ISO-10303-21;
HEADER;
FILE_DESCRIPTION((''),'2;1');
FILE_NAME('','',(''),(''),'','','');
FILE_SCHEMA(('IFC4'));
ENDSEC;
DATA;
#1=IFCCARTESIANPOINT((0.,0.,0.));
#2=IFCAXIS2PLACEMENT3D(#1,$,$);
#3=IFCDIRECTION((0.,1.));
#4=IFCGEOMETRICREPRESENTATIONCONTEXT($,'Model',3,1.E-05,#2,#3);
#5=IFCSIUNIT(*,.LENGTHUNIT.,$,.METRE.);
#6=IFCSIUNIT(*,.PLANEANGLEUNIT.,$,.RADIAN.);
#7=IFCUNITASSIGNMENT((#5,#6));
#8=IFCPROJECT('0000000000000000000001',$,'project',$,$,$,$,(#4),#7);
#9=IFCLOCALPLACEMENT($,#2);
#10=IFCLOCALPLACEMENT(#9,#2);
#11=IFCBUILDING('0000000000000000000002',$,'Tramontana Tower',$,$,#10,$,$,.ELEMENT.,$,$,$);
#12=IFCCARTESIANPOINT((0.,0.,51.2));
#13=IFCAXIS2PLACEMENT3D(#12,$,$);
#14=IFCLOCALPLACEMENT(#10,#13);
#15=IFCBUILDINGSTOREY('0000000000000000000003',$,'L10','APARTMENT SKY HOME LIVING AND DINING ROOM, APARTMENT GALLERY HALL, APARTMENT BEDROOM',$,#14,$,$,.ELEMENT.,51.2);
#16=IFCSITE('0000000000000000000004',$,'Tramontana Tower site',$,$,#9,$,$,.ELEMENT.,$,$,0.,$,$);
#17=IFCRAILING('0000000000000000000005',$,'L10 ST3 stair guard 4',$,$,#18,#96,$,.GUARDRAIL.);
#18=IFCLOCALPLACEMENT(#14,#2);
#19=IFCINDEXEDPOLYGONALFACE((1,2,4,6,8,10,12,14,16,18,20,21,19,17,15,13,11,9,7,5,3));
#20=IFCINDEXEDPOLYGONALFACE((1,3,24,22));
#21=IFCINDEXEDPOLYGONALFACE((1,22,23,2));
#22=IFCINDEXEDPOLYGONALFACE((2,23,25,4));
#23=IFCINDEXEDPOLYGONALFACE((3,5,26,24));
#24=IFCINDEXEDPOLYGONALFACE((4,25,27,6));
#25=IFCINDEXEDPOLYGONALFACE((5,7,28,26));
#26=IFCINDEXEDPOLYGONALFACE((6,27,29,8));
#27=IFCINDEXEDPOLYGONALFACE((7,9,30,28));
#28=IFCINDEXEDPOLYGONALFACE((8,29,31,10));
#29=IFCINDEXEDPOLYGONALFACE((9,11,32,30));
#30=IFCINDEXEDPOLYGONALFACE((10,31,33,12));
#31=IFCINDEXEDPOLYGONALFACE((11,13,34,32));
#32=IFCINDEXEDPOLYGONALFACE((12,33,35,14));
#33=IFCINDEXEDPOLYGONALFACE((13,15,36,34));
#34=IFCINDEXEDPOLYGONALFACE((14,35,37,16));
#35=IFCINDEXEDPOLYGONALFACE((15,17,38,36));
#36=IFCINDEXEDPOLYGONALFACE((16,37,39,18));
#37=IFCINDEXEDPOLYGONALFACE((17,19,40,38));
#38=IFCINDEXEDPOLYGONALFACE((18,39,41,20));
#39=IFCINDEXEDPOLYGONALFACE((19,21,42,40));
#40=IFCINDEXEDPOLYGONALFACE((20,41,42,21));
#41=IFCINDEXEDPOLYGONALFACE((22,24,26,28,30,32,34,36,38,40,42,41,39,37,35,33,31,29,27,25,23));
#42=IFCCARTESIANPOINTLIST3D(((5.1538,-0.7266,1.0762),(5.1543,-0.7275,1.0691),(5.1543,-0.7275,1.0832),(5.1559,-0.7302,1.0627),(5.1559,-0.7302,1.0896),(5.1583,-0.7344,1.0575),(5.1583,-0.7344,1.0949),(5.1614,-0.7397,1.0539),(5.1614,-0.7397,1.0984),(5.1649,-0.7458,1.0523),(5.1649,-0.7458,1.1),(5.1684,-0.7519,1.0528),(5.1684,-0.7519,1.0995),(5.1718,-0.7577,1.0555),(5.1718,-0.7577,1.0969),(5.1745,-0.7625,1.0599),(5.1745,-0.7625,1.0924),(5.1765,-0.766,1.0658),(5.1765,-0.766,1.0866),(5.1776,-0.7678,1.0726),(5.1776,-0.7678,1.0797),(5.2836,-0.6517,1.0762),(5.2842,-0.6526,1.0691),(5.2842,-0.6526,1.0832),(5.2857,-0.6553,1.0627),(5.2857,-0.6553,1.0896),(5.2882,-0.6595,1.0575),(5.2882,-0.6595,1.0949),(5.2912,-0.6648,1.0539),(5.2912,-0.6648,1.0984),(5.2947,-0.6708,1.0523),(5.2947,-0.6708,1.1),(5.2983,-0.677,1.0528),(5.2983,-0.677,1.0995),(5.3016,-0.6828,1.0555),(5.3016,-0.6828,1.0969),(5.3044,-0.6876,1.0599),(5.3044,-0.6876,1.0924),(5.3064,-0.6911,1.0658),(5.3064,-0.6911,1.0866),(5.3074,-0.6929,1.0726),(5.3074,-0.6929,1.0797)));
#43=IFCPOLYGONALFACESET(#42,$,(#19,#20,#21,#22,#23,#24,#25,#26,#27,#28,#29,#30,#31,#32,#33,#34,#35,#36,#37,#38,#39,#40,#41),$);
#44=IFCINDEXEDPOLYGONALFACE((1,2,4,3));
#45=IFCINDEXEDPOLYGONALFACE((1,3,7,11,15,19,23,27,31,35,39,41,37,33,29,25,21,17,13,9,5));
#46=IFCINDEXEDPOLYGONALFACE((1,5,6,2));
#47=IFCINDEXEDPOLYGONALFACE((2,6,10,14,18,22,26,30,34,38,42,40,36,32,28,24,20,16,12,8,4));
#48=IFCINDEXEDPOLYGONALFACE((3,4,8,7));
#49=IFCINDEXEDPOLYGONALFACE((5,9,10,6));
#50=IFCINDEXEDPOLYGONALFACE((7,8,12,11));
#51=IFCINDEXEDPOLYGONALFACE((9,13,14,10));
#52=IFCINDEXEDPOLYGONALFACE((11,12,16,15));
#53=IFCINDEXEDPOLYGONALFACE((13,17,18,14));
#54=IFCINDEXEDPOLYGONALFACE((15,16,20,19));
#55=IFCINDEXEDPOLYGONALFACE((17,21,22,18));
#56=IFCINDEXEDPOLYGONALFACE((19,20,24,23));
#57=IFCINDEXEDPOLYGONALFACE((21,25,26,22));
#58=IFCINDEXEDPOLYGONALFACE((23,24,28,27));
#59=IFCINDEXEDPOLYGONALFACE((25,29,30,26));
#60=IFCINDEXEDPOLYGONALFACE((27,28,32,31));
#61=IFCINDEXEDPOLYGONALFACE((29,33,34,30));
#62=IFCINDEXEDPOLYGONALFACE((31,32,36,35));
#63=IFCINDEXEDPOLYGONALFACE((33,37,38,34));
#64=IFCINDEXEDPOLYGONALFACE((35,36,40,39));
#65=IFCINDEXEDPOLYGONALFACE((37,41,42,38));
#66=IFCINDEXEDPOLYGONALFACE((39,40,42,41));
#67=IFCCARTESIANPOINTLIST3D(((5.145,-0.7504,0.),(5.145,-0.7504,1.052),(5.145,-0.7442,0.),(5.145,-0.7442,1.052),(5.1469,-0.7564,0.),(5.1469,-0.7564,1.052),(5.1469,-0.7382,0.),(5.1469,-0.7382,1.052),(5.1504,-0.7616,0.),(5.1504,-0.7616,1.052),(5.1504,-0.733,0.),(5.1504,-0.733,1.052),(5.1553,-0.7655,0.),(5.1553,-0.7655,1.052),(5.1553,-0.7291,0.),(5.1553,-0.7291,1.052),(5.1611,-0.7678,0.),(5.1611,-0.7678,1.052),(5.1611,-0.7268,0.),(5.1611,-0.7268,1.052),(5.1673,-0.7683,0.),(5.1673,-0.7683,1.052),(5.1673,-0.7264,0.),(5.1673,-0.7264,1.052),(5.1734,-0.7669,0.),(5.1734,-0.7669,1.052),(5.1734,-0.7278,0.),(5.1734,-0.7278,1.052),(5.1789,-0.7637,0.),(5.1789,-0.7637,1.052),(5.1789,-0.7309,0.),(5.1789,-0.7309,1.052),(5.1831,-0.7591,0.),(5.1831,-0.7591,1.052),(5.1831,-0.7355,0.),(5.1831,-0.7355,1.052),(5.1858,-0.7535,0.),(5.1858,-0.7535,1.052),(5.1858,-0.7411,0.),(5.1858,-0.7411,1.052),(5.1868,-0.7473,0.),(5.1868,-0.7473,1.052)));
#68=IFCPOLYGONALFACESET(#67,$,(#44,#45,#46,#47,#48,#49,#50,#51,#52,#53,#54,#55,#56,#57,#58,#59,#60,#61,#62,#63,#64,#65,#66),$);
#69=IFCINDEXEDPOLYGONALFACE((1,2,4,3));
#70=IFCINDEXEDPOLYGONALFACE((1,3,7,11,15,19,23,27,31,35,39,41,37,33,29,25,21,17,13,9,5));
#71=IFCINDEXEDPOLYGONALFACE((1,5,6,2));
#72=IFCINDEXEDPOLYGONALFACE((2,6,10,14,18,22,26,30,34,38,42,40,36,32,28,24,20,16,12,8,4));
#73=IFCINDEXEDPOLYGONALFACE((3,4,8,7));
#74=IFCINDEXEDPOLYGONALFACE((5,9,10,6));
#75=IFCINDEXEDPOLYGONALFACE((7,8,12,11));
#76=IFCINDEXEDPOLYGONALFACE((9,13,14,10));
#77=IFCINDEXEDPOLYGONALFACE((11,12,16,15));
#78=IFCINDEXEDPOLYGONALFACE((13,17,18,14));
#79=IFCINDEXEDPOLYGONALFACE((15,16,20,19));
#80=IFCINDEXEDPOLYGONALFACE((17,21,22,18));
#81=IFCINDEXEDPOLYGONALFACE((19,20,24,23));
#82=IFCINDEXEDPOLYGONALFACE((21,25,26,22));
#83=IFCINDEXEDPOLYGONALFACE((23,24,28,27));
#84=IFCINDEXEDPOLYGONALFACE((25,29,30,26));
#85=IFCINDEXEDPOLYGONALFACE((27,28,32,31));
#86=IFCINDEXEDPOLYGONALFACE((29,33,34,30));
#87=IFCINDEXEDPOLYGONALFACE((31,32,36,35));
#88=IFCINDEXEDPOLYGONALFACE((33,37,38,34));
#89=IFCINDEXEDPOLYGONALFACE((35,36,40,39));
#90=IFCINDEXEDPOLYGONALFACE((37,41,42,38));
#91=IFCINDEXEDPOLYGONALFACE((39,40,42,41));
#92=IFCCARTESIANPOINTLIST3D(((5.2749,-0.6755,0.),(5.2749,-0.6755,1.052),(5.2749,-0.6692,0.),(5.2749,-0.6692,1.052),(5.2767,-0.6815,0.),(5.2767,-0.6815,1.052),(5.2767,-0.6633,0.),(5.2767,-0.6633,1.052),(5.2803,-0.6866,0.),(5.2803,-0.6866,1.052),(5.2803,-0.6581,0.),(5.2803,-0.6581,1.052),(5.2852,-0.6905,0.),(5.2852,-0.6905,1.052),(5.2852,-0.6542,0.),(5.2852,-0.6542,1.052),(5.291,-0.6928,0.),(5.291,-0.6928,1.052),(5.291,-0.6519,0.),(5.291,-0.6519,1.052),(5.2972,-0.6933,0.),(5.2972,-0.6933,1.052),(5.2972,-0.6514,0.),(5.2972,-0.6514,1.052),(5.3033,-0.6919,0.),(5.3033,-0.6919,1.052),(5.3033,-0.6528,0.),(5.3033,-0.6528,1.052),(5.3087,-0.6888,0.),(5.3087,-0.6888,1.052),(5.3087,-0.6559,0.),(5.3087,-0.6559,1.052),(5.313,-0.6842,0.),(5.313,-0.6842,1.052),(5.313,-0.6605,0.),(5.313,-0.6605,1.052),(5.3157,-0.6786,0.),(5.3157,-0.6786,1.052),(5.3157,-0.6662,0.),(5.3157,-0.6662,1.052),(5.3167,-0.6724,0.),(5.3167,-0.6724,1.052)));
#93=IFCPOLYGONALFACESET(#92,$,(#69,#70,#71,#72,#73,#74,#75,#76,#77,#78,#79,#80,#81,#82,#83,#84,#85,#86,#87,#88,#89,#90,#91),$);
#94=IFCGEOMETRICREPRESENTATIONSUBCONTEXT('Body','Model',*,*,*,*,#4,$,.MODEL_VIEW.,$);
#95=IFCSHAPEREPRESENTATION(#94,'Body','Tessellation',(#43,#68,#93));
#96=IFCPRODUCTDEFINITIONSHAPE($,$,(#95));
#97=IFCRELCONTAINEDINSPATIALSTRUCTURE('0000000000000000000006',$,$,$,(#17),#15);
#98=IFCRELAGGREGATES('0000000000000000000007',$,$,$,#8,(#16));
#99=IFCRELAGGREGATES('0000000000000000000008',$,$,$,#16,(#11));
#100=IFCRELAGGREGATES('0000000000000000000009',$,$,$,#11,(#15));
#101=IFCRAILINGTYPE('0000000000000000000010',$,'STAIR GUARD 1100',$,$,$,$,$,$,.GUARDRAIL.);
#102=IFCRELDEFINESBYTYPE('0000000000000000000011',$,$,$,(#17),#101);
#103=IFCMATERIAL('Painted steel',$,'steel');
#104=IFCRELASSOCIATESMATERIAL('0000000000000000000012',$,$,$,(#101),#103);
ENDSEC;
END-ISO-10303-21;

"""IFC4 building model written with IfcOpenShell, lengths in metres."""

from ifc_helpers import new_model, si_unit, direction, frame, origin, origin_2d, place, context, subcontext, project, spatial, circle, extrude, material, type_object, element, save


model = new_model("IFC4")

# Units and contexts
model_context = context("Model", 3, precision=1e-05, world=origin(), true_north=direction((0.0, 1.0)))
body_context = subcontext(model_context, "Body", "Model", "MODEL_VIEW")
ifc_project = project(units=[si_unit("LENGTHUNIT", "METRE"), si_unit("PLANEANGLEUNIT", "RADIAN")], contexts=[model_context])

# Site, building, storey
site_placement = place(None, origin())
site = spatial("IfcSite", under=ifc_project, at=site_placement, Name="Tramontana Tower site", CompositionType="ELEMENT", RefElevation=0.0)
building_placement = place(site_placement, origin())
building = spatial("IfcBuilding", under=site, at=building_placement, Name="Tramontana Tower", CompositionType="ELEMENT")
storey_placement = place(building_placement, frame((0.0, 0.0, 51.2)))
storey = spatial("IfcBuildingStorey", under=building, at=storey_placement, Name="L10", Description="APARTMENT SKY HOME LIVING AND DINING ROOM, APARTMENT GALLERY HALL, APARTMENT BEDROOM", CompositionType="ELEMENT", Elevation=51.2)

# Railing
ifc_material_1 = material(Name="Painted steel", Category="steel")
railing_type_1 = type_object("IfcRailingType", Name="STAIR GUARD 1100", PredefinedType="GUARDRAIL", material=ifc_material_1)
railing_1_placement = place(storey_placement, frame((5.1658, -0.7473, 0.0)))
element("IfcRailing", 1, at=railing_1_placement, inside=storey, type_object=railing_type_1, Name="L10 ST3 stair guard 4", PredefinedType="GUARDRAIL", context=body_context, shape_type="SweptSolid", body=[
    extrude(circle(Radius=0.0239, at=origin_2d()), frame((0.0, 0.0, 1.0762), z_axis=(0.866131, 0.499816, 0.0), x_axis=(-0.499816, 0.866131, 0.0)), (0.0, 0.0, 1.0), 0.1499),
    extrude(circle(Radius=0.021, at=origin_2d()), origin(), (0.0, 0.0, 1.0), 1.052),
    extrude(circle(Radius=0.021, at=origin_2d()), frame((0.1299, 0.075, 0.0)), (0.0, 0.0, 1.0), 1.052),
])

save(model, "model.ifc")
